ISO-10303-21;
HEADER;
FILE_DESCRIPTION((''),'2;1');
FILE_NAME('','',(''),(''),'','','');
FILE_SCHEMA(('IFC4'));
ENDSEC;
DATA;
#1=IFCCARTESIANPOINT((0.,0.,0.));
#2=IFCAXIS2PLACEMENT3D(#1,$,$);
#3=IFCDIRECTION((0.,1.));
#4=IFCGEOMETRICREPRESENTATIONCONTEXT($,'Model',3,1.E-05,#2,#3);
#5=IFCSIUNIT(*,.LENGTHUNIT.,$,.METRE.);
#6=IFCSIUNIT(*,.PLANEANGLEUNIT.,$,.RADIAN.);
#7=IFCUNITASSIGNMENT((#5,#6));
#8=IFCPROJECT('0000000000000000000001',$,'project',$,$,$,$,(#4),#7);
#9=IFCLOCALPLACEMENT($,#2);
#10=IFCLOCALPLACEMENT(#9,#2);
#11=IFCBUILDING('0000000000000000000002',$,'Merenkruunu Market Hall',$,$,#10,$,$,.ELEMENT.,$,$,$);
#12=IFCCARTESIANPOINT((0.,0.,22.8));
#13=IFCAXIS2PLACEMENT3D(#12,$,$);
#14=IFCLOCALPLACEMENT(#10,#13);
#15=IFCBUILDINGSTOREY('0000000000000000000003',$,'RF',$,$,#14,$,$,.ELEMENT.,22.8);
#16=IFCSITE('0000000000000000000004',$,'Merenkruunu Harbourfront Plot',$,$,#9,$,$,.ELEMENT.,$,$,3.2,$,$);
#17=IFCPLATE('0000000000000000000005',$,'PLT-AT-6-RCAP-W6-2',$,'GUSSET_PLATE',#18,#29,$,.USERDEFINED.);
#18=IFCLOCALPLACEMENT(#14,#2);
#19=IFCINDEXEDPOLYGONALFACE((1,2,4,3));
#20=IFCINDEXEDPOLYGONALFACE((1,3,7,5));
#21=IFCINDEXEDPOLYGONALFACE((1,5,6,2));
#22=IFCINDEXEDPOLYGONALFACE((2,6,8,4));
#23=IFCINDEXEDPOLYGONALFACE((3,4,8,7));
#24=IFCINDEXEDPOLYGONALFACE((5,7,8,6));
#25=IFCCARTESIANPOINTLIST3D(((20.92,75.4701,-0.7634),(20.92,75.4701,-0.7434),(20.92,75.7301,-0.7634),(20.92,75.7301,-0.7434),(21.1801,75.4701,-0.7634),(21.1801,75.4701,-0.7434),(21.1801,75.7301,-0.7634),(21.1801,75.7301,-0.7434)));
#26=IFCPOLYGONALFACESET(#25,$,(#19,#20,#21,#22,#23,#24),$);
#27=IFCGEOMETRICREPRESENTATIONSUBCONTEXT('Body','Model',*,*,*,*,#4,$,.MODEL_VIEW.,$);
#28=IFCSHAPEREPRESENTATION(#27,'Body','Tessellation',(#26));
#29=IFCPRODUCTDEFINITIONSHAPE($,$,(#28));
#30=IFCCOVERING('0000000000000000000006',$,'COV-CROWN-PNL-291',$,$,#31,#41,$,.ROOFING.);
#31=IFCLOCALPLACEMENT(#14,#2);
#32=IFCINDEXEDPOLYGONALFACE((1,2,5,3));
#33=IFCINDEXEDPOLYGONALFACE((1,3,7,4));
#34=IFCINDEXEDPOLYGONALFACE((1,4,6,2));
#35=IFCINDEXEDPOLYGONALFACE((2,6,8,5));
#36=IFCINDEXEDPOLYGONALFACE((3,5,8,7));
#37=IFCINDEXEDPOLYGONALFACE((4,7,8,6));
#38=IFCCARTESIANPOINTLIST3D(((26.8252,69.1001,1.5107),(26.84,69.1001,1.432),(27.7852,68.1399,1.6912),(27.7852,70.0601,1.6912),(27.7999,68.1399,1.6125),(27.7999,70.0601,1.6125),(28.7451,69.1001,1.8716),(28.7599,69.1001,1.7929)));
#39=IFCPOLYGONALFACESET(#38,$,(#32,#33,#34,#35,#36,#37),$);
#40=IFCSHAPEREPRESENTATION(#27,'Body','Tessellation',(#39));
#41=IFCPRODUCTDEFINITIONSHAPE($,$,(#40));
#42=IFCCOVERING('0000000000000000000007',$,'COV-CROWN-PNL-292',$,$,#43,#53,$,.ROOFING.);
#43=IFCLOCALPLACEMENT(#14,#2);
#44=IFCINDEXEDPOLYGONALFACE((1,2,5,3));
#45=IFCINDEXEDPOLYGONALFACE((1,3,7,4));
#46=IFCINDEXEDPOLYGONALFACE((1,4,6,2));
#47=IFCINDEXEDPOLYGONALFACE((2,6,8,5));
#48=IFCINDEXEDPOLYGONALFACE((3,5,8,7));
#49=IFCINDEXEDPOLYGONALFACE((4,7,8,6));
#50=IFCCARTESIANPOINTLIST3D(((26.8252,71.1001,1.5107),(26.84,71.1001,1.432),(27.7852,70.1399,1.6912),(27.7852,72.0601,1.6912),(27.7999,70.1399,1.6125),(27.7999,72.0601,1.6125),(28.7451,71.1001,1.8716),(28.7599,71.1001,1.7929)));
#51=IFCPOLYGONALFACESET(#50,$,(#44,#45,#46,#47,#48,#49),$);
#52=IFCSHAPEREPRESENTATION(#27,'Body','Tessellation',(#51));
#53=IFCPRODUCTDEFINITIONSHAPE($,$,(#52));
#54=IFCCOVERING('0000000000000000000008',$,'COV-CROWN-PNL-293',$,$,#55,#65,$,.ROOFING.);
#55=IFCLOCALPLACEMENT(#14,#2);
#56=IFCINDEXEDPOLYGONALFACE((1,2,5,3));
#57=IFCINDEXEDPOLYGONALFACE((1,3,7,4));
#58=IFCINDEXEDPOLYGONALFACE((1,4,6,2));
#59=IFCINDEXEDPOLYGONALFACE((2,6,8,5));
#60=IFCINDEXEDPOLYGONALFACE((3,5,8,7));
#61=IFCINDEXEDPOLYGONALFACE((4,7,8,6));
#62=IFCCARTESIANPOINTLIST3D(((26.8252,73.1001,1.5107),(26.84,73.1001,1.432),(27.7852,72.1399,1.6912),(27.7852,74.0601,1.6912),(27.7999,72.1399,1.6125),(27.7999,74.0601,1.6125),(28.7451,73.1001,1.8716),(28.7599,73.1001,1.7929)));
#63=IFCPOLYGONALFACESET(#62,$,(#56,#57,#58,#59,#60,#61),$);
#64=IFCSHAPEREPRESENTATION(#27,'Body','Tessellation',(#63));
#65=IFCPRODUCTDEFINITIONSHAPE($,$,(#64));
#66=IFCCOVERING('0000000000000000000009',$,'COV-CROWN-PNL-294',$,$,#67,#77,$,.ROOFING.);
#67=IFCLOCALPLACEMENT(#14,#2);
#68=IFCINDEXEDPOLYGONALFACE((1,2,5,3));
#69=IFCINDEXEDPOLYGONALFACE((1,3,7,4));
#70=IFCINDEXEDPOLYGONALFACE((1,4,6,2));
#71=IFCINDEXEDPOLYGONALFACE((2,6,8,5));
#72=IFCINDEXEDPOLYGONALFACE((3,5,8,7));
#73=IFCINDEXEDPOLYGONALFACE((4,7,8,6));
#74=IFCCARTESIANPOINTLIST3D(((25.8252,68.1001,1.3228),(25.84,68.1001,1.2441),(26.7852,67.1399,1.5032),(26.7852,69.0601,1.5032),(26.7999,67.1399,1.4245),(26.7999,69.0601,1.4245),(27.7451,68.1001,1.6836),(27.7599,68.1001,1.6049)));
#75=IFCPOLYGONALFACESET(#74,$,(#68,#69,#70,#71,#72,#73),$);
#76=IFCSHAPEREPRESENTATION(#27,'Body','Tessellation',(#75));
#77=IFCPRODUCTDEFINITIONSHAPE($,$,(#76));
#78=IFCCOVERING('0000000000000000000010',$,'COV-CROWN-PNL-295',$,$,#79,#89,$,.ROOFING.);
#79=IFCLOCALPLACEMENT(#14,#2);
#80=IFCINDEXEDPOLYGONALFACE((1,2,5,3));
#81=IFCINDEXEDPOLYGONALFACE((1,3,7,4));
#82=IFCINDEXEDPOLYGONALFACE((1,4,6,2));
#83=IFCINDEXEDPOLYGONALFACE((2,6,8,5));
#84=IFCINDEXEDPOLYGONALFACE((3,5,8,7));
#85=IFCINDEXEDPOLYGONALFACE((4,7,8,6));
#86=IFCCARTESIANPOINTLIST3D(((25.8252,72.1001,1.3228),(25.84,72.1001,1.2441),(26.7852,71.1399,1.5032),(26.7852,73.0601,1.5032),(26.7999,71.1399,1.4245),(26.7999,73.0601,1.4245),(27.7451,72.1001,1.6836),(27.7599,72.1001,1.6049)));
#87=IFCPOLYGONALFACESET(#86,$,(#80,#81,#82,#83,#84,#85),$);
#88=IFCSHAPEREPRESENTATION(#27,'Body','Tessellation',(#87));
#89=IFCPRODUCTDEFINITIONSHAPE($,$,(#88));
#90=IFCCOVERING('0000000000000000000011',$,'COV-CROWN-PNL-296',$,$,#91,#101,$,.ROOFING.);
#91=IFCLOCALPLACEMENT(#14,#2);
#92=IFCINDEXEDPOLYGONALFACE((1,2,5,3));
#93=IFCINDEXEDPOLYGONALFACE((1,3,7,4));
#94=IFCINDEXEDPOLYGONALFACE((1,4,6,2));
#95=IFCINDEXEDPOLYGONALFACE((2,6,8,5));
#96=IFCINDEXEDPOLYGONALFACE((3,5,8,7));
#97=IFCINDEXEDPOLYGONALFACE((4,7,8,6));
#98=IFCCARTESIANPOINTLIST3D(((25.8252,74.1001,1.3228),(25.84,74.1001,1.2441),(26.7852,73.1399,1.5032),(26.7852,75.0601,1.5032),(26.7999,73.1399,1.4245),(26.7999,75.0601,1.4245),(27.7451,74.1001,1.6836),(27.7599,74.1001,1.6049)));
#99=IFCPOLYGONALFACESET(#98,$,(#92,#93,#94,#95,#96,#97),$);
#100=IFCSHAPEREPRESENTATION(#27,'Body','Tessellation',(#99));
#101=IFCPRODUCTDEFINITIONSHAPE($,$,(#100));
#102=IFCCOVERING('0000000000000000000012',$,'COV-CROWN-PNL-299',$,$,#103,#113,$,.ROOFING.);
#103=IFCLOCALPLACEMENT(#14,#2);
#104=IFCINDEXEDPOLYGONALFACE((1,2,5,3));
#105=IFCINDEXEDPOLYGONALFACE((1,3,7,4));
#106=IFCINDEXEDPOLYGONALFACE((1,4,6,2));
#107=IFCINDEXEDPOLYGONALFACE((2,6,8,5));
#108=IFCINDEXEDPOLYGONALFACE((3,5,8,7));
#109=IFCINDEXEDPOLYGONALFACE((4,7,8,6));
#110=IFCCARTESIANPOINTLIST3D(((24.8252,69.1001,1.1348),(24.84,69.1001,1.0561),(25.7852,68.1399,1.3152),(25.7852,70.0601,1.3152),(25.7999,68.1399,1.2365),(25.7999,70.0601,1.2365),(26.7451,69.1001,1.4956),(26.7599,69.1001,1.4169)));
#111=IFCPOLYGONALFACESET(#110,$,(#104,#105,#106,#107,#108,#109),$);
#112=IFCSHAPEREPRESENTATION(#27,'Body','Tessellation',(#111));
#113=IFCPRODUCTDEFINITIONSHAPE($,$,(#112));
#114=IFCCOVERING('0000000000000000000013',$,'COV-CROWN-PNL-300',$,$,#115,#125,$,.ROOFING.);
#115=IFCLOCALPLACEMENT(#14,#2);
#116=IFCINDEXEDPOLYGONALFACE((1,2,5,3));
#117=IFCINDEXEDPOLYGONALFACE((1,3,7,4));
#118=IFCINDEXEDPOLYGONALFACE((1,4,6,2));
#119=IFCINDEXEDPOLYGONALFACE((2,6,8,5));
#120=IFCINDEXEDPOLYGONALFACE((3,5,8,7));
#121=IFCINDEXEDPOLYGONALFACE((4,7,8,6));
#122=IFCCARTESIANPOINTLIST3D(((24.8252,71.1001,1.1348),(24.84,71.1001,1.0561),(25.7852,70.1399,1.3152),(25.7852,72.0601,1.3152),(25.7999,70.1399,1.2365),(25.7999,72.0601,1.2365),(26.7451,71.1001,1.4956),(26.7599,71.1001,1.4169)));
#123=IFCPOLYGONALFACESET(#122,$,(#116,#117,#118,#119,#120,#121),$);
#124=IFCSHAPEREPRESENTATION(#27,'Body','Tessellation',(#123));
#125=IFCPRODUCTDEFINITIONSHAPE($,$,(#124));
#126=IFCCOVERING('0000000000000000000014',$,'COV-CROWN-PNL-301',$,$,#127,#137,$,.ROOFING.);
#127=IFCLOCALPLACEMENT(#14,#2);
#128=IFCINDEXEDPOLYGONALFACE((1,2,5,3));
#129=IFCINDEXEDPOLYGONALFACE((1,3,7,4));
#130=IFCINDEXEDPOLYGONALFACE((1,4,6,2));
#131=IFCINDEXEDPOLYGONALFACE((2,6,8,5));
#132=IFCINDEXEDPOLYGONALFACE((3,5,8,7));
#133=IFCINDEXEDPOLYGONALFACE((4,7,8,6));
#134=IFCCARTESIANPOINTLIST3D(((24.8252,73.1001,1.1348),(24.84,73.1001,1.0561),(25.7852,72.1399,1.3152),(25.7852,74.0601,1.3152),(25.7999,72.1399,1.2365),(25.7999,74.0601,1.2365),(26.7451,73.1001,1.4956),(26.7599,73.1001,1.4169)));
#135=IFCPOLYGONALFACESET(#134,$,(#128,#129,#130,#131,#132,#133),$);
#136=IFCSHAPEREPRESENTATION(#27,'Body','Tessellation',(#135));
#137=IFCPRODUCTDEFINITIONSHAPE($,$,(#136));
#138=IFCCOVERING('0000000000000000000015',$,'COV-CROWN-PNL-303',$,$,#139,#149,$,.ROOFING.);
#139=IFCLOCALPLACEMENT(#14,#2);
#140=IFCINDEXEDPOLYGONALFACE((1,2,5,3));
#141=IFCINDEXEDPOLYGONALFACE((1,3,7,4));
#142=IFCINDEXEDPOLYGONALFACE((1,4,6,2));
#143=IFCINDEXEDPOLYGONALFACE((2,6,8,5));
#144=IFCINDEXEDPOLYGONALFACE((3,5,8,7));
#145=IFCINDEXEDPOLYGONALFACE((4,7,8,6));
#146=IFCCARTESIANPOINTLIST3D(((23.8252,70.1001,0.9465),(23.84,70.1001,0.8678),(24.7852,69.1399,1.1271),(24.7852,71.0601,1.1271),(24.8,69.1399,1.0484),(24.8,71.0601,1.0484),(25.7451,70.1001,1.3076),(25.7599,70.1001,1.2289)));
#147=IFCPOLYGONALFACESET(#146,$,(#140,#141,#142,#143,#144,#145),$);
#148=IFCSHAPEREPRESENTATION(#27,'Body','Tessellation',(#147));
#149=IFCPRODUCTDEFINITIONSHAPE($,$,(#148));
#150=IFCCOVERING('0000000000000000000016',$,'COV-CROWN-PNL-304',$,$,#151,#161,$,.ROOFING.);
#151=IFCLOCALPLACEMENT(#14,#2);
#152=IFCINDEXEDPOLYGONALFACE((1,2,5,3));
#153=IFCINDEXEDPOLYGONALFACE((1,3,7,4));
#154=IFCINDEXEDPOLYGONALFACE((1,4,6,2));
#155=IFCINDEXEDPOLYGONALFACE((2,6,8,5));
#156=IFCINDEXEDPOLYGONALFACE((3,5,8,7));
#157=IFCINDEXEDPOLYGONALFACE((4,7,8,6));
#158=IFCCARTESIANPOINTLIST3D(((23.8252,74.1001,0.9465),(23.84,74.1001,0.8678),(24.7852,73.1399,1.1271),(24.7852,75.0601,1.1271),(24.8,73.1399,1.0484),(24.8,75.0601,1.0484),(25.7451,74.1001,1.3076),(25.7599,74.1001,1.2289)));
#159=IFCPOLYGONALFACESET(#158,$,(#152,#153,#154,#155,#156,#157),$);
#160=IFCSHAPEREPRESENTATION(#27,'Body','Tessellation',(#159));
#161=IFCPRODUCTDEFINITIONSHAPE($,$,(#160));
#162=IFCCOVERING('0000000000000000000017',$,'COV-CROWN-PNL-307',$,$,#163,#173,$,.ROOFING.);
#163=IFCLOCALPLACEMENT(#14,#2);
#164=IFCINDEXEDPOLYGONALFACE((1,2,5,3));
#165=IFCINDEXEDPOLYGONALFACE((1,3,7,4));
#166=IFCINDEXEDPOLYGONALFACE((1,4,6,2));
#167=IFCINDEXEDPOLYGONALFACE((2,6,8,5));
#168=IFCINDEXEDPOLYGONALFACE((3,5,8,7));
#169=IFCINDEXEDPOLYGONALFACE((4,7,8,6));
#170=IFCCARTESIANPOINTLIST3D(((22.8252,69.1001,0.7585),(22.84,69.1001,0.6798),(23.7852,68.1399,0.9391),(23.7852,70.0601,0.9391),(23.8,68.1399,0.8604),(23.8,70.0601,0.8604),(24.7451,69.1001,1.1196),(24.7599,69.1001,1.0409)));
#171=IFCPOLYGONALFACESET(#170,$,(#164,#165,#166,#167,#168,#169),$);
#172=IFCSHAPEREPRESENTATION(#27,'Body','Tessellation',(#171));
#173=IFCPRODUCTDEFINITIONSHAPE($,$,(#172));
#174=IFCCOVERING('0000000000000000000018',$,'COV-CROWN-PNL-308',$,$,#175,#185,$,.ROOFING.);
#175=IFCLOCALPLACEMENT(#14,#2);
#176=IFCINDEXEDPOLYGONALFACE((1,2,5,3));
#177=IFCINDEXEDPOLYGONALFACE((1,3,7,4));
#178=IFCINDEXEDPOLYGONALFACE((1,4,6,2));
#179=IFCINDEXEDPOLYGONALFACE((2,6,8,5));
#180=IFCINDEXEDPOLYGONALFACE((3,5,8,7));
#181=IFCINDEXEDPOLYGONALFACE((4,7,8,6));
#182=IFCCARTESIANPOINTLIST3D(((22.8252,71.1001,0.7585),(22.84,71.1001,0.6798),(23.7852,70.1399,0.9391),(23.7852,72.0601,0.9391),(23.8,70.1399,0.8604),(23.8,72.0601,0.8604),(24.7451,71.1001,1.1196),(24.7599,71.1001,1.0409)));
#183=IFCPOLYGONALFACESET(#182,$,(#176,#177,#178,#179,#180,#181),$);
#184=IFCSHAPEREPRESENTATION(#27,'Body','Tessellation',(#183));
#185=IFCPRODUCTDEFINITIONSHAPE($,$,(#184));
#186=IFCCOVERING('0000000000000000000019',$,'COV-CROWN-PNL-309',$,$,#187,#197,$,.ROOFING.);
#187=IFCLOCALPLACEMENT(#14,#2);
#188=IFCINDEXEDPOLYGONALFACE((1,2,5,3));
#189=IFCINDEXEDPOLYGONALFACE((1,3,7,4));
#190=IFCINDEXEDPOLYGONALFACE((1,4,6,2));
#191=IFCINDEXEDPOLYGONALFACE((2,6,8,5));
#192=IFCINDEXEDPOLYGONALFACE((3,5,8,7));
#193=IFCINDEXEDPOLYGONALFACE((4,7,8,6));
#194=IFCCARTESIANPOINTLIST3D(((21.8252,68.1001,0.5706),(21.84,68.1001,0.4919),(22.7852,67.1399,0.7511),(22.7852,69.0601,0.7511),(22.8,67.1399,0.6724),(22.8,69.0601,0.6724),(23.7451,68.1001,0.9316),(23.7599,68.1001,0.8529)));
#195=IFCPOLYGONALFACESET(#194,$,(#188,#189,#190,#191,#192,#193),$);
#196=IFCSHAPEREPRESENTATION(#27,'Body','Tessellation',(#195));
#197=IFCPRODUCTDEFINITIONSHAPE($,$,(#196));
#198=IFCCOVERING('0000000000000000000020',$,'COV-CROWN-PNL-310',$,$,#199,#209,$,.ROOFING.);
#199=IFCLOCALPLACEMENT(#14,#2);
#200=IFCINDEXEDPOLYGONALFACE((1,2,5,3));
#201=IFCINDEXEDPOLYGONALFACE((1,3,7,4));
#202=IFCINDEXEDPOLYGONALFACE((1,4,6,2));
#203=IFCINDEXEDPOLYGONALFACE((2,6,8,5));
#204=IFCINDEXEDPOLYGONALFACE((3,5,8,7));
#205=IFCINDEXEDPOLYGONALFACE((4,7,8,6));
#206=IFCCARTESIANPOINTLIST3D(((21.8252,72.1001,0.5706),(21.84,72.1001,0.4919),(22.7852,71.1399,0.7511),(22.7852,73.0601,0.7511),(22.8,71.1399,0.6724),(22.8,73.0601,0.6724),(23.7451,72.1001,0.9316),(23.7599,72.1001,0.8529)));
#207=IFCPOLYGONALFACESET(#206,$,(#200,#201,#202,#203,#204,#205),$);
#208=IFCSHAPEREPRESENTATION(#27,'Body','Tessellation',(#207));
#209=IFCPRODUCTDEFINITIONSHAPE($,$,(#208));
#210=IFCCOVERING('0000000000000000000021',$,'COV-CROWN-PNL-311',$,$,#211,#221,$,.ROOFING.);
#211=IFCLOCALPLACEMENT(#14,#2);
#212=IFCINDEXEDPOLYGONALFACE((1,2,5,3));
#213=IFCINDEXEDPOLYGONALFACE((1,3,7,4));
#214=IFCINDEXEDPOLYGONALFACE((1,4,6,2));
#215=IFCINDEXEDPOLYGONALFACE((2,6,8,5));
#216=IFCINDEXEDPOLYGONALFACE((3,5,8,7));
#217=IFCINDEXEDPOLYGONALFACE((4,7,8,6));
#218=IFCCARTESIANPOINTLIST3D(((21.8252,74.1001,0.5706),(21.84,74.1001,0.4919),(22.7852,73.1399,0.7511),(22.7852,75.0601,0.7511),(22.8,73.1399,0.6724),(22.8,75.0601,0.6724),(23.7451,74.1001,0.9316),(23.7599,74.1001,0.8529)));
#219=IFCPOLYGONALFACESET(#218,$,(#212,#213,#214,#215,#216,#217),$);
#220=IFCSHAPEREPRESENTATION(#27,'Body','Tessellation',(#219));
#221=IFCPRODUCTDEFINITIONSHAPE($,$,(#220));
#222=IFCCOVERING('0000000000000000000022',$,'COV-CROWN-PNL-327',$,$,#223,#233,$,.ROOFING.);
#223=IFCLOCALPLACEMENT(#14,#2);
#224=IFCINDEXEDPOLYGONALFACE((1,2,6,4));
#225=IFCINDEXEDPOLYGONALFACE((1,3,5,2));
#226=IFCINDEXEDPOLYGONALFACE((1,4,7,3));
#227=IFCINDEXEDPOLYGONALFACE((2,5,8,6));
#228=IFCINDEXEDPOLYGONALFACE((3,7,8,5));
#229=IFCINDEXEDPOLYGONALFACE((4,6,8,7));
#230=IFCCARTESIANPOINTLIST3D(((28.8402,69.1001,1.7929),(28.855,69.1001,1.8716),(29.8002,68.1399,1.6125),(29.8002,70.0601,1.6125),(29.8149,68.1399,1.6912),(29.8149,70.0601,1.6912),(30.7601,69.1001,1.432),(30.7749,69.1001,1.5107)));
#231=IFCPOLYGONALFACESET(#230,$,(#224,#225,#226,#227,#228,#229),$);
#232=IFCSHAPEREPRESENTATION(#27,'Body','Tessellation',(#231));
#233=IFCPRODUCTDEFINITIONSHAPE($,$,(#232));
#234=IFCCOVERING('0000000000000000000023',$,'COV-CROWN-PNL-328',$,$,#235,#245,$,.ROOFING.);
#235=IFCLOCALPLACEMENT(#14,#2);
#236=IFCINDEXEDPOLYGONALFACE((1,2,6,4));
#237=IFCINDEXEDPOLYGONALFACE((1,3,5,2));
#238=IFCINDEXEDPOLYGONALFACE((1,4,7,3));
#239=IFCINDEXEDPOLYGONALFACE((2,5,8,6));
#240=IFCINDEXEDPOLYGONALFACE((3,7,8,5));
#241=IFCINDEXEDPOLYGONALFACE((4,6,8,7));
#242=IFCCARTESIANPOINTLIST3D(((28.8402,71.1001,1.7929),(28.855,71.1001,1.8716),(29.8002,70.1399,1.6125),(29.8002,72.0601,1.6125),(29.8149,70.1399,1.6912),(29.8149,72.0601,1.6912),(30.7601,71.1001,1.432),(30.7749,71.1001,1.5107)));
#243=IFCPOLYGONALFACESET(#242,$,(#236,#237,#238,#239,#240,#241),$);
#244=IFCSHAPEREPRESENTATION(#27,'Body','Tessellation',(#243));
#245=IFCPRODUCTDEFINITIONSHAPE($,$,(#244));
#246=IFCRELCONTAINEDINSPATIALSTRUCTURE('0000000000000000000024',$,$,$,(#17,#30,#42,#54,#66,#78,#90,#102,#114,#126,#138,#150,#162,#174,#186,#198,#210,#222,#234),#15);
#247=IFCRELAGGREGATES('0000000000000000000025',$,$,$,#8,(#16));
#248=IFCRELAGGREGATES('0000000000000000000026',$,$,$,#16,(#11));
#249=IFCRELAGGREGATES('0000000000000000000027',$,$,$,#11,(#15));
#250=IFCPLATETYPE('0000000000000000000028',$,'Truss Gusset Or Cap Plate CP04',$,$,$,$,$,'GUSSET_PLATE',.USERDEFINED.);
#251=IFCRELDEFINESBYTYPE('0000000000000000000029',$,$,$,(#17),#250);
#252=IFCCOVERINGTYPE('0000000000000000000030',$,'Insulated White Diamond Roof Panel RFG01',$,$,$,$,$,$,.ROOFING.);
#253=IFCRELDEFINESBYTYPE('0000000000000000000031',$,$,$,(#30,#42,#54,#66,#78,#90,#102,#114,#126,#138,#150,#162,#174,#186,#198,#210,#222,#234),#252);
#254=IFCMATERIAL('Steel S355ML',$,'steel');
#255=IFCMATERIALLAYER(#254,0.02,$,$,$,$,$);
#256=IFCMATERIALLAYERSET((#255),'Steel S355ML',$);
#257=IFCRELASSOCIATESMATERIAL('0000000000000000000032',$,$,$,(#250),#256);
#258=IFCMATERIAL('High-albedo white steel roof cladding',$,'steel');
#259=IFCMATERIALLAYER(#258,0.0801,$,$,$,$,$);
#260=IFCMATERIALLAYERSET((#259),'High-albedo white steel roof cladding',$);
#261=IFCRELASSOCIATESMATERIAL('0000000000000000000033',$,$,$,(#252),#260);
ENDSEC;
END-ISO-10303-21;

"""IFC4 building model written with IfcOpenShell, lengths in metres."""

from ifc_helpers import new_model, si_unit, direction, frame, origin, origin_2d, place, context, subcontext, project, spatial, polyline, rectangle, outline, extrude, material, layer, layer_set, type_object, element, save


model = new_model("IFC4")

# Units and contexts
model_context = context("Model", 3, precision=1e-05, world=origin(), true_north=direction((0.0, 1.0)))
body_context = subcontext(model_context, "Body", "Model", "MODEL_VIEW")
ifc_project = project(units=[si_unit("LENGTHUNIT", "METRE"), si_unit("PLANEANGLEUNIT", "RADIAN")], contexts=[model_context])

# Site, building, storey
site_placement = place(None, origin())
site = spatial("IfcSite", under=ifc_project, at=site_placement, Name="Merenkruunu Harbourfront Plot", CompositionType="ELEMENT", RefElevation=3.2)
building_placement = place(site_placement, origin())
building = spatial("IfcBuilding", under=site, at=building_placement, Name="Merenkruunu Market Hall", CompositionType="ELEMENT")
storey_placement = place(building_placement, frame((0.0, 0.0, 22.8)))
storey = spatial("IfcBuildingStorey", under=building, at=storey_placement, Name="RF", CompositionType="ELEMENT", Elevation=22.8)

# Shared definitions
ifc_material_1 = material(Name="Steel S355ML", Category="steel")

# Plate
ifc_layer_1 = layer(ifc_material_1, 0.02)
ifc_layer_set_1 = layer_set([ifc_layer_1], Name="Steel S355ML")
plate_type = type_object("IfcPlateType", Name="Truss Gusset Or Cap Plate CP04", ElementType="GUSSET_PLATE", PredefinedType="USERDEFINED", material=ifc_layer_set_1)
for number, where, z_axis, x_axis, name in (
    (1, (21.05, 75.6001, -0.7634), (0.0, 0.0, 1.0), (1.0, 0.0, 0.0), "PLT-AT-6-RCAP-W6-2"),
):
    element("IfcPlate", number, at=place(storey_placement, frame(where, z_axis=z_axis, x_axis=x_axis)), inside=storey, type_object=plate_type, Name=name, ObjectType="GUSSET_PLATE", PredefinedType="USERDEFINED", context=body_context, shape_type="SweptSolid", body=[
        extrude(rectangle(XDim=0.26, YDim=0.26, at=origin_2d()), origin(), (0.0, 0.0, 1.0), 0.02),
    ])

# Coverings
ifc_material_2 = material(Name="High-albedo white steel roof cladding", Category="steel")
ifc_layer_2 = layer(ifc_material_2, 0.0801)
ifc_layer_set_2 = layer_set([ifc_layer_2], Name="High-albedo white steel roof cladding")
covering_type = type_object("IfcCoveringType", Name="Insulated White Diamond Roof Panel RFG01", PredefinedType="ROOFING", material=ifc_layer_set_2)
for number, where, z_axis, x_axis, name in (
    (2, (26.8252, 69.1001, 1.5107), (-0.184711, 0.0, 0.982793), (0.700856, -0.701035, 0.131722), "COV-CROWN-PNL-291"),
    (3, (26.8252, 71.1001, 1.5107), (-0.184711, 0.0, 0.982793), (0.700856, -0.701035, 0.131722), "COV-CROWN-PNL-292"),
    (4, (26.8252, 73.1001, 1.5107), (-0.184711, 0.0, 0.982793), (0.700856, -0.701035, 0.131722), "COV-CROWN-PNL-293"),
    (5, (25.8252, 68.1001, 1.3228), (-0.184711, 0.0, 0.982793), (0.700856, -0.701035, 0.131722), "COV-CROWN-PNL-294"),
    (6, (25.8252, 72.1001, 1.3228), (-0.184711, 0.0, 0.982793), (0.700856, -0.701035, 0.131722), "COV-CROWN-PNL-295"),
    (7, (25.8252, 74.1001, 1.3228), (-0.184711, 0.0, 0.982793), (0.700856, -0.701035, 0.131722), "COV-CROWN-PNL-296"),
    (8, (24.8252, 69.1001, 1.1348), (-0.184711, 0.0, 0.982793), (0.700856, -0.701035, 0.131722), "COV-CROWN-PNL-299"),
    (9, (24.8252, 71.1001, 1.1348), (-0.184711, 0.0, 0.982793), (0.700856, -0.701035, 0.131722), "COV-CROWN-PNL-300"),
    (10, (24.8252, 73.1001, 1.1348), (-0.184711, 0.0, 0.982793), (0.700856, -0.701035, 0.131722), "COV-CROWN-PNL-301"),
):
    element("IfcCovering", number, at=place(storey_placement, frame(where, z_axis=z_axis, x_axis=x_axis)), inside=storey, type_object=covering_type, Name=name, PredefinedType="ROOFING", context=body_context, shape_type="SweptSolid", body=[
        extrude(outline(polyline([(0.0, 0.0), (1.3697, 0.0), (1.3931, 1.3695), (0.0236, 1.3693), (0.0, 0.0)])), origin(), (0.0, 0.0, -1.0), 0.0801),
    ])
for number, where, z_axis, x_axis, name in (
    (11, (23.8252, 70.1001, 0.9465), (-0.184832, 0.0, 0.98277), (0.700856, -0.701018, 0.131812), "COV-CROWN-PNL-303"),
    (12, (23.8252, 74.1001, 0.9465), (-0.184832, 0.0, 0.98277), (0.700856, -0.701018, 0.131812), "COV-CROWN-PNL-304"),
    (13, (22.8252, 69.1001, 0.7585), (-0.184832, 0.0, 0.98277), (0.700856, -0.701018, 0.131812), "COV-CROWN-PNL-307"),
    (14, (22.8252, 71.1001, 0.7585), (-0.184832, 0.0, 0.98277), (0.700856, -0.701018, 0.131812), "COV-CROWN-PNL-308"),
    (15, (21.8252, 68.1001, 0.5706), (-0.184832, 0.0, 0.98277), (0.700856, -0.701018, 0.131812), "COV-CROWN-PNL-309"),
    (16, (21.8252, 72.1001, 0.5706), (-0.184832, 0.0, 0.98277), (0.700856, -0.701018, 0.131812), "COV-CROWN-PNL-310"),
    (17, (21.8252, 74.1001, 0.5706), (-0.184832, 0.0, 0.98277), (0.700856, -0.701018, 0.131812), "COV-CROWN-PNL-311"),
):
    element("IfcCovering", number, at=place(storey_placement, frame(where, z_axis=z_axis, x_axis=x_axis)), inside=storey, type_object=covering_type, Name=name, PredefinedType="ROOFING", context=body_context, shape_type="SweptSolid", body=[
        extrude(outline(polyline([(0.0, 0.0), (1.3697, 0.0), (1.3932, 1.3695), (0.0237, 1.3694), (0.0, 0.0)])), origin(), (0.0, 0.0, -1.0), 0.0801),
    ])
for number, where, z_axis, x_axis, name in (
    (18, (28.855, 69.1001, 1.8716), (0.184711, 0.0, 0.982793), (0.700856, -0.701035, -0.131722), "COV-CROWN-PNL-327"),
    (19, (28.855, 71.1001, 1.8716), (0.184711, 0.0, 0.982793), (0.700856, -0.701035, -0.131722), "COV-CROWN-PNL-328"),
):
    element("IfcCovering", number, at=place(storey_placement, frame(where, z_axis=z_axis, x_axis=x_axis)), inside=storey, type_object=covering_type, Name=name, PredefinedType="ROOFING", context=body_context, shape_type="SweptSolid", body=[
        extrude(outline(polyline([(0.0, 0.0), (1.3697, 0.0), (1.3931, 1.3695), (0.0236, 1.3693), (0.0, 0.0)])), origin(), (0.0, 0.0, -1.0), 0.0801),
    ])

save(model, "model.ifc")
